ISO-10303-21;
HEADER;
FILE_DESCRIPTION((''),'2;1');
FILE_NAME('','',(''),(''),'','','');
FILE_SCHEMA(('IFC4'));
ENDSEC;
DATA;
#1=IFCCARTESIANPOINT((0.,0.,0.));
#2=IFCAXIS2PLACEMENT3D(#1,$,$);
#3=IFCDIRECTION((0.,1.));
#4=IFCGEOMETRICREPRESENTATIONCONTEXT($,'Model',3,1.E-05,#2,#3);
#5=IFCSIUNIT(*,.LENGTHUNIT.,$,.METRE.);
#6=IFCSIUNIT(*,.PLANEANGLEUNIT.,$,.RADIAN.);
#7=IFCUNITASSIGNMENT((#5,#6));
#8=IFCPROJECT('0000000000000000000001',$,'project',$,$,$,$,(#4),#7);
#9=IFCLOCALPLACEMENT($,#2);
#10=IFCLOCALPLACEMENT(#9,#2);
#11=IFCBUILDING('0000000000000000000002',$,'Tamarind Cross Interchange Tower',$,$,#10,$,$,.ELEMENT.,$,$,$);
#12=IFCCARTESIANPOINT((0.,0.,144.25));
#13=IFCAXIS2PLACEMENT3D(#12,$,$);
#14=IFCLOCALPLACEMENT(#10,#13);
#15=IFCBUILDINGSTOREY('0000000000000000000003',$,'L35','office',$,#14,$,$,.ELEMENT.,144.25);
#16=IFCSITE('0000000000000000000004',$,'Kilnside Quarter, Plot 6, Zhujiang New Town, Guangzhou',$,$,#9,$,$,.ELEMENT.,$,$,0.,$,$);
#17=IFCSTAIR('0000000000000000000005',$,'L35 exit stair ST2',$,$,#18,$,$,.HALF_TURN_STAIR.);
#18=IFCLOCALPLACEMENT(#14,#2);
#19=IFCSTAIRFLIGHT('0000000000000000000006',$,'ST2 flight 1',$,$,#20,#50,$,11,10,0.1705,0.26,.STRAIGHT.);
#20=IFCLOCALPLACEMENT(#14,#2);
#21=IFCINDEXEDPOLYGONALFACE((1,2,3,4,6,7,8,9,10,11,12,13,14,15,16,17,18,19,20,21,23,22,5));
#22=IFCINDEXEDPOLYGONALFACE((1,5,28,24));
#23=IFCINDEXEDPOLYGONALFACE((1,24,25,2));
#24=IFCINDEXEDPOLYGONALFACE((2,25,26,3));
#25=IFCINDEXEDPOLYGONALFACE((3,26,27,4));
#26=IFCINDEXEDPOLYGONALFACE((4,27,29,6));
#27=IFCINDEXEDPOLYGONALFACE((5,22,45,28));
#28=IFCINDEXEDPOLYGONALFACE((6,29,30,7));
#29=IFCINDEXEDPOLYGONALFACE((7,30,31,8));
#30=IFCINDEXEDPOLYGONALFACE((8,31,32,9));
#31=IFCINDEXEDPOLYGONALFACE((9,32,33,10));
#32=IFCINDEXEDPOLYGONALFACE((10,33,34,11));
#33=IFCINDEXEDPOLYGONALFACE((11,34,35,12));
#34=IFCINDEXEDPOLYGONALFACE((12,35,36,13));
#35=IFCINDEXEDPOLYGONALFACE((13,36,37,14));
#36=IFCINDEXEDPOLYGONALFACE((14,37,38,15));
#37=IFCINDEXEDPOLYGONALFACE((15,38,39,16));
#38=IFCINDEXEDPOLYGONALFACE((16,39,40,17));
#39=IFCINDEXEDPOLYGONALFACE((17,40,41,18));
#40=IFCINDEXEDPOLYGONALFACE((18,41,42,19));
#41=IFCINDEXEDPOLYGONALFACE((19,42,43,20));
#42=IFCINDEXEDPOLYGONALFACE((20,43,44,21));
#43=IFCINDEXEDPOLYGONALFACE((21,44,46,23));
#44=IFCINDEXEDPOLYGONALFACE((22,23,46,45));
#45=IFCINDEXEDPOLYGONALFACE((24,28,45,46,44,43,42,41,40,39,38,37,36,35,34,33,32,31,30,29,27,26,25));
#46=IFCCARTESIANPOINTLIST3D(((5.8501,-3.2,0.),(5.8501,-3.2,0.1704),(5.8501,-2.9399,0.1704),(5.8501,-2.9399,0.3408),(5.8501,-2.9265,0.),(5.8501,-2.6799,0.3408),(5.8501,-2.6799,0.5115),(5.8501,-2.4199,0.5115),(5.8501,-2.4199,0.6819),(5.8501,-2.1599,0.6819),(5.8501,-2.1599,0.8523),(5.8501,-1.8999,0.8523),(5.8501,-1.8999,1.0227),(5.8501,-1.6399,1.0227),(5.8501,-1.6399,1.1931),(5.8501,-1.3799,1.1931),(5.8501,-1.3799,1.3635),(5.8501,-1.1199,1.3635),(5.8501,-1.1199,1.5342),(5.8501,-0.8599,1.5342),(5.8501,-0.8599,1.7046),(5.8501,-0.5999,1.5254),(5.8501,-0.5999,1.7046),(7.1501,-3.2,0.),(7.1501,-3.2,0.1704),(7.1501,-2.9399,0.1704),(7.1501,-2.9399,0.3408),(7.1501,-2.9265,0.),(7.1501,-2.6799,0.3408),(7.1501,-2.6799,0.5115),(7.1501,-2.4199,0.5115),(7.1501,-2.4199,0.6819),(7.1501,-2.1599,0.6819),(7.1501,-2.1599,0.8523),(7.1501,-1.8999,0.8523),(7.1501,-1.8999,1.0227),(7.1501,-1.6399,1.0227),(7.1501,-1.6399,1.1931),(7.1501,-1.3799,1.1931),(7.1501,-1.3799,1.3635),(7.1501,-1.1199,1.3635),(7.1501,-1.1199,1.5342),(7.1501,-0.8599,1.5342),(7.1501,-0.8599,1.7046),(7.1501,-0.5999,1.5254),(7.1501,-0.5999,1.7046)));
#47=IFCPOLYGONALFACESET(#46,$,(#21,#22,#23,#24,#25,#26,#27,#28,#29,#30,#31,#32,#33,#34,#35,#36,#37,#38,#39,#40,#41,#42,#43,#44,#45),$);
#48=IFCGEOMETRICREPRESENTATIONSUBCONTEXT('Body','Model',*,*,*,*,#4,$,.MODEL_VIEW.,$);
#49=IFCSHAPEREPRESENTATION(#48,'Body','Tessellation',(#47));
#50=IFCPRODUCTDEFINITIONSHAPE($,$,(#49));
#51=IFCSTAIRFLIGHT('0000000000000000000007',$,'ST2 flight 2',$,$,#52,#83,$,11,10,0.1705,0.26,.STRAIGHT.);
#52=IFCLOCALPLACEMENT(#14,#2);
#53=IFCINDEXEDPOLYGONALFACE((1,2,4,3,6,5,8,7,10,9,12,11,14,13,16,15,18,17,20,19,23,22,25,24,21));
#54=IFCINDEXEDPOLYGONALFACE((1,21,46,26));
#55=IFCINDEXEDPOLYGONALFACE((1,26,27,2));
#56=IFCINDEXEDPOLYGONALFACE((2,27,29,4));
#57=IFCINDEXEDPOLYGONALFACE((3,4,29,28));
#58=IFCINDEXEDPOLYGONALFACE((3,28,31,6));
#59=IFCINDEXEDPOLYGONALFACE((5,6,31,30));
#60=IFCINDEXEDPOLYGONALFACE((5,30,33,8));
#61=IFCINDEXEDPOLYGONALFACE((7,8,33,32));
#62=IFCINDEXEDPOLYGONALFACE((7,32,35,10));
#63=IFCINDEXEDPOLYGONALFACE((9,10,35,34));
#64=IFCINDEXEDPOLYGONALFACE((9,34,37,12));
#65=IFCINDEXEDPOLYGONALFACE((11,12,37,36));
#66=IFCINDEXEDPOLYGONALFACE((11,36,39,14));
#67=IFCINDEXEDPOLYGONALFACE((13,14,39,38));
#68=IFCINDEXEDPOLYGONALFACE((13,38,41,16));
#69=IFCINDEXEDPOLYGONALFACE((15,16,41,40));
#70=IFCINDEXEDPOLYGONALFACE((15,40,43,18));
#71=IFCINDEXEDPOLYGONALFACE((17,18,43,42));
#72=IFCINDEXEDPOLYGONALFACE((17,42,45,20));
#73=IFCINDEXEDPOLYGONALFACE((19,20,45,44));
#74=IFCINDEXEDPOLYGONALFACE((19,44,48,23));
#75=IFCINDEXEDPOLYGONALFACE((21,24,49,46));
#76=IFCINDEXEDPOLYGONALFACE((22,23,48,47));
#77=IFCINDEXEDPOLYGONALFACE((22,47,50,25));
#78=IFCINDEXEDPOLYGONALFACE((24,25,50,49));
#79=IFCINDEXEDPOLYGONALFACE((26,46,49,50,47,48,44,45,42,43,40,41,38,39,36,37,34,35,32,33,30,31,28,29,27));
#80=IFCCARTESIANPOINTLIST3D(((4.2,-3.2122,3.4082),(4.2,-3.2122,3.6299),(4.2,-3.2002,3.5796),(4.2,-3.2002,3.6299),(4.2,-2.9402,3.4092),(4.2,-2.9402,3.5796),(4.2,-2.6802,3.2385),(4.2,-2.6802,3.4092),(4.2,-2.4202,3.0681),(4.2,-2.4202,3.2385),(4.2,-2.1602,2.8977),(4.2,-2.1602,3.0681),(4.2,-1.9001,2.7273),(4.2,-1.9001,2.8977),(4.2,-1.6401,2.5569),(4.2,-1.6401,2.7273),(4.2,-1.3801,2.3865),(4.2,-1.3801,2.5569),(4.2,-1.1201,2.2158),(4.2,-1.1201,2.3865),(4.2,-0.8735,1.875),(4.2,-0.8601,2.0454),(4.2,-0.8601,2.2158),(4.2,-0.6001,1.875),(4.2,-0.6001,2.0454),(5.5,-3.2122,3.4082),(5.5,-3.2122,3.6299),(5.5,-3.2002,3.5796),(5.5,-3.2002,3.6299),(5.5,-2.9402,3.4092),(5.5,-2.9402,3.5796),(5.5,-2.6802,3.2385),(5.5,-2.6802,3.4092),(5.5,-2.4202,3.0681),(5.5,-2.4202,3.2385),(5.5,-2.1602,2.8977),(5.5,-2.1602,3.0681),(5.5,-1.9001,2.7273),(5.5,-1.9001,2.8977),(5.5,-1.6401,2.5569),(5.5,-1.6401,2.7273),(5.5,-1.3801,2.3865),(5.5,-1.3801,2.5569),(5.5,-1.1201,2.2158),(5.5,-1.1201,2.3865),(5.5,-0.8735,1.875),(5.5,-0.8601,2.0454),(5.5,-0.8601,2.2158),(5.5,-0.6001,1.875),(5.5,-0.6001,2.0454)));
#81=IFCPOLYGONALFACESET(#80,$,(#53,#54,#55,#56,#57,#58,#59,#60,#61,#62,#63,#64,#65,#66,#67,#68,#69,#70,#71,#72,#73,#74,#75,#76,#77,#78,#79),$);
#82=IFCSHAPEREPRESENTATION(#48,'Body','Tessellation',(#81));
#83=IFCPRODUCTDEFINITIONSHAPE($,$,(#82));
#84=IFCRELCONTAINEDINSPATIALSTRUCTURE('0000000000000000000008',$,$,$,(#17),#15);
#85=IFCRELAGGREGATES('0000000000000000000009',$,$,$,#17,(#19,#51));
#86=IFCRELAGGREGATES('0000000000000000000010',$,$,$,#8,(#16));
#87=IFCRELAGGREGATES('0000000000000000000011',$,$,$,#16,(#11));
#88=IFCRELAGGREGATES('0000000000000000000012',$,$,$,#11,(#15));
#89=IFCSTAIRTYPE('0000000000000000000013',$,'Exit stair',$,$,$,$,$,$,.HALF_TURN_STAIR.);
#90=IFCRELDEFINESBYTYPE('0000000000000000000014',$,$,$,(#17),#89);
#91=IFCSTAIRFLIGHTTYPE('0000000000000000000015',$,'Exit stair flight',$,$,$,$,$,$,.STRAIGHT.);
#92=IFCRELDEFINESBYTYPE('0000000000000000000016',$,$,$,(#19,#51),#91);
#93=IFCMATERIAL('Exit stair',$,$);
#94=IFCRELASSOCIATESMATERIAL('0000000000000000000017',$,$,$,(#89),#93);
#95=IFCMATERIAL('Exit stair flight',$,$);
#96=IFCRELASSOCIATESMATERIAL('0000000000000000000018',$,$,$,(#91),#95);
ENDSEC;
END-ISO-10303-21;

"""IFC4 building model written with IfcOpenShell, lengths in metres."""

from ifc_helpers import new_model, si_unit, direction, frame, origin, place, context, subcontext, project, spatial, polyline, outline, extrude, material, type_object, element, aggregate, save


model = new_model("IFC4")

# Units and contexts
model_context = context("Model", 3, precision=1e-05, world=origin(), true_north=direction((0.0, 1.0)))
body_context = subcontext(model_context, "Body", "Model", "MODEL_VIEW")
ifc_project = project(units=[si_unit("LENGTHUNIT", "METRE"), si_unit("PLANEANGLEUNIT", "RADIAN")], contexts=[model_context])

# Site, building, storey
site_placement = place(None, origin())
site = spatial("IfcSite", under=ifc_project, at=site_placement, Name="Kilnside Quarter, Plot 6, Zhujiang New Town, Guangzhou", CompositionType="ELEMENT", RefElevation=0.0)
building_placement = place(site_placement, origin())
building = spatial("IfcBuilding", under=site, at=building_placement, Name="Tamarind Cross Interchange Tower", CompositionType="ELEMENT")
storey_placement = place(building_placement, frame((0.0, 0.0, 144.25)))
storey = spatial("IfcBuildingStorey", under=building, at=storey_placement, Name="L35", Description="office", CompositionType="ELEMENT", Elevation=144.25)

# Stair, stair flights
ifc_material_1 = material(Name="Exit stair")
stair_type = type_object("IfcStairType", Name="Exit stair", PredefinedType="HALF_TURN_STAIR", material=ifc_material_1)
stair_placement = place(storey_placement, origin())
stair = element("IfcStair", 1, at=stair_placement, inside=storey, type_object=stair_type, Name="L35 exit stair ST2", PredefinedType="HALF_TURN_STAIR")
ifc_material_2 = material(Name="Exit stair flight")
stair_flight_type = type_object("IfcStairFlightType", Name="Exit stair flight", PredefinedType="STRAIGHT", material=ifc_material_2)
stair_flight_1_placement = place(storey_placement, frame((6.5, -3.2, 0.0), z_axis=(0.0, 0.0, 1.0), x_axis=(0.0, 1.0, 0.0)))
stair_flight_1 = element("IfcStairFlight", 2, at=stair_flight_1_placement, type_object=stair_flight_type, Name="ST2 flight 1", NumberOfRisers=11, NumberOfTreads=10, PredefinedType="STRAIGHT", RiserHeight=0.1705, TreadLength=0.26, context=body_context, shape_type="SweptSolid", body=[
    extrude(outline(polyline([(0.0, 0.0), (0.0, 0.1704), (0.26, 0.1704), (0.26, 0.3408), (0.52, 0.3408), (0.52, 0.5115), (0.78, 0.5115), (0.78, 0.6819), (1.04, 0.6819), (1.04, 0.8523), (1.3, 0.8523), (1.3, 1.0227), (1.5601, 1.0227), (1.5601, 1.1931), (1.8201, 1.1931), (1.8201, 1.3635), (2.0801, 1.3635), (2.0801, 1.5342), (2.3401, 1.5342), (2.3401, 1.7046), (2.6001, 1.7046), (2.6001, 1.875), (2.6001, 1.5254), (0.2734, 0.0), (0.0, 0.0)])), frame((0.0, 0.6499, 0.0), z_axis=(0.0, -1.0, 0.0), x_axis=(1.0, 0.0, 0.0)), (0.0, 0.0, 1.0), 1.3),
])
stair_flight_2_placement = place(storey_placement, frame((4.8501, -0.6001, 1.875), z_axis=(0.0, 0.0, 1.0), x_axis=(0.0, -1.0, 0.0)))
stair_flight_2 = element("IfcStairFlight", 3, at=stair_flight_2_placement, type_object=stair_flight_type, Name="ST2 flight 2", NumberOfRisers=11, NumberOfTreads=10, PredefinedType="STRAIGHT", RiserHeight=0.1705, TreadLength=0.26, context=body_context, shape_type="SweptSolid", body=[
    extrude(outline(polyline([(0.0, 0.0), (0.0, 0.1704), (0.26, 0.1704), (0.26, 0.3408), (0.52, 0.3408), (0.52, 0.5115), (0.78, 0.5115), (0.78, 0.6819), (1.04, 0.6819), (1.04, 0.8523), (1.3, 0.8523), (1.3, 1.0227), (1.5601, 1.0227), (1.5601, 1.1931), (1.8201, 1.1931), (1.8201, 1.3635), (2.0801, 1.3635), (2.0801, 1.5342), (2.3401, 1.5342), (2.3401, 1.7046), (2.6001, 1.7046), (2.6001, 1.7549), (2.6121, 1.7549), (2.6121, 1.5332), (0.2734, 0.0), (0.0, 0.0)])), frame((0.0, 0.6499, 0.0), z_axis=(0.0, -1.0, 0.0), x_axis=(1.0, 0.0, 0.0)), (0.0, 0.0, 1.0), 1.3),
])
aggregate(stair, [stair_flight_1, stair_flight_2])

save(model, "model.ifc")
